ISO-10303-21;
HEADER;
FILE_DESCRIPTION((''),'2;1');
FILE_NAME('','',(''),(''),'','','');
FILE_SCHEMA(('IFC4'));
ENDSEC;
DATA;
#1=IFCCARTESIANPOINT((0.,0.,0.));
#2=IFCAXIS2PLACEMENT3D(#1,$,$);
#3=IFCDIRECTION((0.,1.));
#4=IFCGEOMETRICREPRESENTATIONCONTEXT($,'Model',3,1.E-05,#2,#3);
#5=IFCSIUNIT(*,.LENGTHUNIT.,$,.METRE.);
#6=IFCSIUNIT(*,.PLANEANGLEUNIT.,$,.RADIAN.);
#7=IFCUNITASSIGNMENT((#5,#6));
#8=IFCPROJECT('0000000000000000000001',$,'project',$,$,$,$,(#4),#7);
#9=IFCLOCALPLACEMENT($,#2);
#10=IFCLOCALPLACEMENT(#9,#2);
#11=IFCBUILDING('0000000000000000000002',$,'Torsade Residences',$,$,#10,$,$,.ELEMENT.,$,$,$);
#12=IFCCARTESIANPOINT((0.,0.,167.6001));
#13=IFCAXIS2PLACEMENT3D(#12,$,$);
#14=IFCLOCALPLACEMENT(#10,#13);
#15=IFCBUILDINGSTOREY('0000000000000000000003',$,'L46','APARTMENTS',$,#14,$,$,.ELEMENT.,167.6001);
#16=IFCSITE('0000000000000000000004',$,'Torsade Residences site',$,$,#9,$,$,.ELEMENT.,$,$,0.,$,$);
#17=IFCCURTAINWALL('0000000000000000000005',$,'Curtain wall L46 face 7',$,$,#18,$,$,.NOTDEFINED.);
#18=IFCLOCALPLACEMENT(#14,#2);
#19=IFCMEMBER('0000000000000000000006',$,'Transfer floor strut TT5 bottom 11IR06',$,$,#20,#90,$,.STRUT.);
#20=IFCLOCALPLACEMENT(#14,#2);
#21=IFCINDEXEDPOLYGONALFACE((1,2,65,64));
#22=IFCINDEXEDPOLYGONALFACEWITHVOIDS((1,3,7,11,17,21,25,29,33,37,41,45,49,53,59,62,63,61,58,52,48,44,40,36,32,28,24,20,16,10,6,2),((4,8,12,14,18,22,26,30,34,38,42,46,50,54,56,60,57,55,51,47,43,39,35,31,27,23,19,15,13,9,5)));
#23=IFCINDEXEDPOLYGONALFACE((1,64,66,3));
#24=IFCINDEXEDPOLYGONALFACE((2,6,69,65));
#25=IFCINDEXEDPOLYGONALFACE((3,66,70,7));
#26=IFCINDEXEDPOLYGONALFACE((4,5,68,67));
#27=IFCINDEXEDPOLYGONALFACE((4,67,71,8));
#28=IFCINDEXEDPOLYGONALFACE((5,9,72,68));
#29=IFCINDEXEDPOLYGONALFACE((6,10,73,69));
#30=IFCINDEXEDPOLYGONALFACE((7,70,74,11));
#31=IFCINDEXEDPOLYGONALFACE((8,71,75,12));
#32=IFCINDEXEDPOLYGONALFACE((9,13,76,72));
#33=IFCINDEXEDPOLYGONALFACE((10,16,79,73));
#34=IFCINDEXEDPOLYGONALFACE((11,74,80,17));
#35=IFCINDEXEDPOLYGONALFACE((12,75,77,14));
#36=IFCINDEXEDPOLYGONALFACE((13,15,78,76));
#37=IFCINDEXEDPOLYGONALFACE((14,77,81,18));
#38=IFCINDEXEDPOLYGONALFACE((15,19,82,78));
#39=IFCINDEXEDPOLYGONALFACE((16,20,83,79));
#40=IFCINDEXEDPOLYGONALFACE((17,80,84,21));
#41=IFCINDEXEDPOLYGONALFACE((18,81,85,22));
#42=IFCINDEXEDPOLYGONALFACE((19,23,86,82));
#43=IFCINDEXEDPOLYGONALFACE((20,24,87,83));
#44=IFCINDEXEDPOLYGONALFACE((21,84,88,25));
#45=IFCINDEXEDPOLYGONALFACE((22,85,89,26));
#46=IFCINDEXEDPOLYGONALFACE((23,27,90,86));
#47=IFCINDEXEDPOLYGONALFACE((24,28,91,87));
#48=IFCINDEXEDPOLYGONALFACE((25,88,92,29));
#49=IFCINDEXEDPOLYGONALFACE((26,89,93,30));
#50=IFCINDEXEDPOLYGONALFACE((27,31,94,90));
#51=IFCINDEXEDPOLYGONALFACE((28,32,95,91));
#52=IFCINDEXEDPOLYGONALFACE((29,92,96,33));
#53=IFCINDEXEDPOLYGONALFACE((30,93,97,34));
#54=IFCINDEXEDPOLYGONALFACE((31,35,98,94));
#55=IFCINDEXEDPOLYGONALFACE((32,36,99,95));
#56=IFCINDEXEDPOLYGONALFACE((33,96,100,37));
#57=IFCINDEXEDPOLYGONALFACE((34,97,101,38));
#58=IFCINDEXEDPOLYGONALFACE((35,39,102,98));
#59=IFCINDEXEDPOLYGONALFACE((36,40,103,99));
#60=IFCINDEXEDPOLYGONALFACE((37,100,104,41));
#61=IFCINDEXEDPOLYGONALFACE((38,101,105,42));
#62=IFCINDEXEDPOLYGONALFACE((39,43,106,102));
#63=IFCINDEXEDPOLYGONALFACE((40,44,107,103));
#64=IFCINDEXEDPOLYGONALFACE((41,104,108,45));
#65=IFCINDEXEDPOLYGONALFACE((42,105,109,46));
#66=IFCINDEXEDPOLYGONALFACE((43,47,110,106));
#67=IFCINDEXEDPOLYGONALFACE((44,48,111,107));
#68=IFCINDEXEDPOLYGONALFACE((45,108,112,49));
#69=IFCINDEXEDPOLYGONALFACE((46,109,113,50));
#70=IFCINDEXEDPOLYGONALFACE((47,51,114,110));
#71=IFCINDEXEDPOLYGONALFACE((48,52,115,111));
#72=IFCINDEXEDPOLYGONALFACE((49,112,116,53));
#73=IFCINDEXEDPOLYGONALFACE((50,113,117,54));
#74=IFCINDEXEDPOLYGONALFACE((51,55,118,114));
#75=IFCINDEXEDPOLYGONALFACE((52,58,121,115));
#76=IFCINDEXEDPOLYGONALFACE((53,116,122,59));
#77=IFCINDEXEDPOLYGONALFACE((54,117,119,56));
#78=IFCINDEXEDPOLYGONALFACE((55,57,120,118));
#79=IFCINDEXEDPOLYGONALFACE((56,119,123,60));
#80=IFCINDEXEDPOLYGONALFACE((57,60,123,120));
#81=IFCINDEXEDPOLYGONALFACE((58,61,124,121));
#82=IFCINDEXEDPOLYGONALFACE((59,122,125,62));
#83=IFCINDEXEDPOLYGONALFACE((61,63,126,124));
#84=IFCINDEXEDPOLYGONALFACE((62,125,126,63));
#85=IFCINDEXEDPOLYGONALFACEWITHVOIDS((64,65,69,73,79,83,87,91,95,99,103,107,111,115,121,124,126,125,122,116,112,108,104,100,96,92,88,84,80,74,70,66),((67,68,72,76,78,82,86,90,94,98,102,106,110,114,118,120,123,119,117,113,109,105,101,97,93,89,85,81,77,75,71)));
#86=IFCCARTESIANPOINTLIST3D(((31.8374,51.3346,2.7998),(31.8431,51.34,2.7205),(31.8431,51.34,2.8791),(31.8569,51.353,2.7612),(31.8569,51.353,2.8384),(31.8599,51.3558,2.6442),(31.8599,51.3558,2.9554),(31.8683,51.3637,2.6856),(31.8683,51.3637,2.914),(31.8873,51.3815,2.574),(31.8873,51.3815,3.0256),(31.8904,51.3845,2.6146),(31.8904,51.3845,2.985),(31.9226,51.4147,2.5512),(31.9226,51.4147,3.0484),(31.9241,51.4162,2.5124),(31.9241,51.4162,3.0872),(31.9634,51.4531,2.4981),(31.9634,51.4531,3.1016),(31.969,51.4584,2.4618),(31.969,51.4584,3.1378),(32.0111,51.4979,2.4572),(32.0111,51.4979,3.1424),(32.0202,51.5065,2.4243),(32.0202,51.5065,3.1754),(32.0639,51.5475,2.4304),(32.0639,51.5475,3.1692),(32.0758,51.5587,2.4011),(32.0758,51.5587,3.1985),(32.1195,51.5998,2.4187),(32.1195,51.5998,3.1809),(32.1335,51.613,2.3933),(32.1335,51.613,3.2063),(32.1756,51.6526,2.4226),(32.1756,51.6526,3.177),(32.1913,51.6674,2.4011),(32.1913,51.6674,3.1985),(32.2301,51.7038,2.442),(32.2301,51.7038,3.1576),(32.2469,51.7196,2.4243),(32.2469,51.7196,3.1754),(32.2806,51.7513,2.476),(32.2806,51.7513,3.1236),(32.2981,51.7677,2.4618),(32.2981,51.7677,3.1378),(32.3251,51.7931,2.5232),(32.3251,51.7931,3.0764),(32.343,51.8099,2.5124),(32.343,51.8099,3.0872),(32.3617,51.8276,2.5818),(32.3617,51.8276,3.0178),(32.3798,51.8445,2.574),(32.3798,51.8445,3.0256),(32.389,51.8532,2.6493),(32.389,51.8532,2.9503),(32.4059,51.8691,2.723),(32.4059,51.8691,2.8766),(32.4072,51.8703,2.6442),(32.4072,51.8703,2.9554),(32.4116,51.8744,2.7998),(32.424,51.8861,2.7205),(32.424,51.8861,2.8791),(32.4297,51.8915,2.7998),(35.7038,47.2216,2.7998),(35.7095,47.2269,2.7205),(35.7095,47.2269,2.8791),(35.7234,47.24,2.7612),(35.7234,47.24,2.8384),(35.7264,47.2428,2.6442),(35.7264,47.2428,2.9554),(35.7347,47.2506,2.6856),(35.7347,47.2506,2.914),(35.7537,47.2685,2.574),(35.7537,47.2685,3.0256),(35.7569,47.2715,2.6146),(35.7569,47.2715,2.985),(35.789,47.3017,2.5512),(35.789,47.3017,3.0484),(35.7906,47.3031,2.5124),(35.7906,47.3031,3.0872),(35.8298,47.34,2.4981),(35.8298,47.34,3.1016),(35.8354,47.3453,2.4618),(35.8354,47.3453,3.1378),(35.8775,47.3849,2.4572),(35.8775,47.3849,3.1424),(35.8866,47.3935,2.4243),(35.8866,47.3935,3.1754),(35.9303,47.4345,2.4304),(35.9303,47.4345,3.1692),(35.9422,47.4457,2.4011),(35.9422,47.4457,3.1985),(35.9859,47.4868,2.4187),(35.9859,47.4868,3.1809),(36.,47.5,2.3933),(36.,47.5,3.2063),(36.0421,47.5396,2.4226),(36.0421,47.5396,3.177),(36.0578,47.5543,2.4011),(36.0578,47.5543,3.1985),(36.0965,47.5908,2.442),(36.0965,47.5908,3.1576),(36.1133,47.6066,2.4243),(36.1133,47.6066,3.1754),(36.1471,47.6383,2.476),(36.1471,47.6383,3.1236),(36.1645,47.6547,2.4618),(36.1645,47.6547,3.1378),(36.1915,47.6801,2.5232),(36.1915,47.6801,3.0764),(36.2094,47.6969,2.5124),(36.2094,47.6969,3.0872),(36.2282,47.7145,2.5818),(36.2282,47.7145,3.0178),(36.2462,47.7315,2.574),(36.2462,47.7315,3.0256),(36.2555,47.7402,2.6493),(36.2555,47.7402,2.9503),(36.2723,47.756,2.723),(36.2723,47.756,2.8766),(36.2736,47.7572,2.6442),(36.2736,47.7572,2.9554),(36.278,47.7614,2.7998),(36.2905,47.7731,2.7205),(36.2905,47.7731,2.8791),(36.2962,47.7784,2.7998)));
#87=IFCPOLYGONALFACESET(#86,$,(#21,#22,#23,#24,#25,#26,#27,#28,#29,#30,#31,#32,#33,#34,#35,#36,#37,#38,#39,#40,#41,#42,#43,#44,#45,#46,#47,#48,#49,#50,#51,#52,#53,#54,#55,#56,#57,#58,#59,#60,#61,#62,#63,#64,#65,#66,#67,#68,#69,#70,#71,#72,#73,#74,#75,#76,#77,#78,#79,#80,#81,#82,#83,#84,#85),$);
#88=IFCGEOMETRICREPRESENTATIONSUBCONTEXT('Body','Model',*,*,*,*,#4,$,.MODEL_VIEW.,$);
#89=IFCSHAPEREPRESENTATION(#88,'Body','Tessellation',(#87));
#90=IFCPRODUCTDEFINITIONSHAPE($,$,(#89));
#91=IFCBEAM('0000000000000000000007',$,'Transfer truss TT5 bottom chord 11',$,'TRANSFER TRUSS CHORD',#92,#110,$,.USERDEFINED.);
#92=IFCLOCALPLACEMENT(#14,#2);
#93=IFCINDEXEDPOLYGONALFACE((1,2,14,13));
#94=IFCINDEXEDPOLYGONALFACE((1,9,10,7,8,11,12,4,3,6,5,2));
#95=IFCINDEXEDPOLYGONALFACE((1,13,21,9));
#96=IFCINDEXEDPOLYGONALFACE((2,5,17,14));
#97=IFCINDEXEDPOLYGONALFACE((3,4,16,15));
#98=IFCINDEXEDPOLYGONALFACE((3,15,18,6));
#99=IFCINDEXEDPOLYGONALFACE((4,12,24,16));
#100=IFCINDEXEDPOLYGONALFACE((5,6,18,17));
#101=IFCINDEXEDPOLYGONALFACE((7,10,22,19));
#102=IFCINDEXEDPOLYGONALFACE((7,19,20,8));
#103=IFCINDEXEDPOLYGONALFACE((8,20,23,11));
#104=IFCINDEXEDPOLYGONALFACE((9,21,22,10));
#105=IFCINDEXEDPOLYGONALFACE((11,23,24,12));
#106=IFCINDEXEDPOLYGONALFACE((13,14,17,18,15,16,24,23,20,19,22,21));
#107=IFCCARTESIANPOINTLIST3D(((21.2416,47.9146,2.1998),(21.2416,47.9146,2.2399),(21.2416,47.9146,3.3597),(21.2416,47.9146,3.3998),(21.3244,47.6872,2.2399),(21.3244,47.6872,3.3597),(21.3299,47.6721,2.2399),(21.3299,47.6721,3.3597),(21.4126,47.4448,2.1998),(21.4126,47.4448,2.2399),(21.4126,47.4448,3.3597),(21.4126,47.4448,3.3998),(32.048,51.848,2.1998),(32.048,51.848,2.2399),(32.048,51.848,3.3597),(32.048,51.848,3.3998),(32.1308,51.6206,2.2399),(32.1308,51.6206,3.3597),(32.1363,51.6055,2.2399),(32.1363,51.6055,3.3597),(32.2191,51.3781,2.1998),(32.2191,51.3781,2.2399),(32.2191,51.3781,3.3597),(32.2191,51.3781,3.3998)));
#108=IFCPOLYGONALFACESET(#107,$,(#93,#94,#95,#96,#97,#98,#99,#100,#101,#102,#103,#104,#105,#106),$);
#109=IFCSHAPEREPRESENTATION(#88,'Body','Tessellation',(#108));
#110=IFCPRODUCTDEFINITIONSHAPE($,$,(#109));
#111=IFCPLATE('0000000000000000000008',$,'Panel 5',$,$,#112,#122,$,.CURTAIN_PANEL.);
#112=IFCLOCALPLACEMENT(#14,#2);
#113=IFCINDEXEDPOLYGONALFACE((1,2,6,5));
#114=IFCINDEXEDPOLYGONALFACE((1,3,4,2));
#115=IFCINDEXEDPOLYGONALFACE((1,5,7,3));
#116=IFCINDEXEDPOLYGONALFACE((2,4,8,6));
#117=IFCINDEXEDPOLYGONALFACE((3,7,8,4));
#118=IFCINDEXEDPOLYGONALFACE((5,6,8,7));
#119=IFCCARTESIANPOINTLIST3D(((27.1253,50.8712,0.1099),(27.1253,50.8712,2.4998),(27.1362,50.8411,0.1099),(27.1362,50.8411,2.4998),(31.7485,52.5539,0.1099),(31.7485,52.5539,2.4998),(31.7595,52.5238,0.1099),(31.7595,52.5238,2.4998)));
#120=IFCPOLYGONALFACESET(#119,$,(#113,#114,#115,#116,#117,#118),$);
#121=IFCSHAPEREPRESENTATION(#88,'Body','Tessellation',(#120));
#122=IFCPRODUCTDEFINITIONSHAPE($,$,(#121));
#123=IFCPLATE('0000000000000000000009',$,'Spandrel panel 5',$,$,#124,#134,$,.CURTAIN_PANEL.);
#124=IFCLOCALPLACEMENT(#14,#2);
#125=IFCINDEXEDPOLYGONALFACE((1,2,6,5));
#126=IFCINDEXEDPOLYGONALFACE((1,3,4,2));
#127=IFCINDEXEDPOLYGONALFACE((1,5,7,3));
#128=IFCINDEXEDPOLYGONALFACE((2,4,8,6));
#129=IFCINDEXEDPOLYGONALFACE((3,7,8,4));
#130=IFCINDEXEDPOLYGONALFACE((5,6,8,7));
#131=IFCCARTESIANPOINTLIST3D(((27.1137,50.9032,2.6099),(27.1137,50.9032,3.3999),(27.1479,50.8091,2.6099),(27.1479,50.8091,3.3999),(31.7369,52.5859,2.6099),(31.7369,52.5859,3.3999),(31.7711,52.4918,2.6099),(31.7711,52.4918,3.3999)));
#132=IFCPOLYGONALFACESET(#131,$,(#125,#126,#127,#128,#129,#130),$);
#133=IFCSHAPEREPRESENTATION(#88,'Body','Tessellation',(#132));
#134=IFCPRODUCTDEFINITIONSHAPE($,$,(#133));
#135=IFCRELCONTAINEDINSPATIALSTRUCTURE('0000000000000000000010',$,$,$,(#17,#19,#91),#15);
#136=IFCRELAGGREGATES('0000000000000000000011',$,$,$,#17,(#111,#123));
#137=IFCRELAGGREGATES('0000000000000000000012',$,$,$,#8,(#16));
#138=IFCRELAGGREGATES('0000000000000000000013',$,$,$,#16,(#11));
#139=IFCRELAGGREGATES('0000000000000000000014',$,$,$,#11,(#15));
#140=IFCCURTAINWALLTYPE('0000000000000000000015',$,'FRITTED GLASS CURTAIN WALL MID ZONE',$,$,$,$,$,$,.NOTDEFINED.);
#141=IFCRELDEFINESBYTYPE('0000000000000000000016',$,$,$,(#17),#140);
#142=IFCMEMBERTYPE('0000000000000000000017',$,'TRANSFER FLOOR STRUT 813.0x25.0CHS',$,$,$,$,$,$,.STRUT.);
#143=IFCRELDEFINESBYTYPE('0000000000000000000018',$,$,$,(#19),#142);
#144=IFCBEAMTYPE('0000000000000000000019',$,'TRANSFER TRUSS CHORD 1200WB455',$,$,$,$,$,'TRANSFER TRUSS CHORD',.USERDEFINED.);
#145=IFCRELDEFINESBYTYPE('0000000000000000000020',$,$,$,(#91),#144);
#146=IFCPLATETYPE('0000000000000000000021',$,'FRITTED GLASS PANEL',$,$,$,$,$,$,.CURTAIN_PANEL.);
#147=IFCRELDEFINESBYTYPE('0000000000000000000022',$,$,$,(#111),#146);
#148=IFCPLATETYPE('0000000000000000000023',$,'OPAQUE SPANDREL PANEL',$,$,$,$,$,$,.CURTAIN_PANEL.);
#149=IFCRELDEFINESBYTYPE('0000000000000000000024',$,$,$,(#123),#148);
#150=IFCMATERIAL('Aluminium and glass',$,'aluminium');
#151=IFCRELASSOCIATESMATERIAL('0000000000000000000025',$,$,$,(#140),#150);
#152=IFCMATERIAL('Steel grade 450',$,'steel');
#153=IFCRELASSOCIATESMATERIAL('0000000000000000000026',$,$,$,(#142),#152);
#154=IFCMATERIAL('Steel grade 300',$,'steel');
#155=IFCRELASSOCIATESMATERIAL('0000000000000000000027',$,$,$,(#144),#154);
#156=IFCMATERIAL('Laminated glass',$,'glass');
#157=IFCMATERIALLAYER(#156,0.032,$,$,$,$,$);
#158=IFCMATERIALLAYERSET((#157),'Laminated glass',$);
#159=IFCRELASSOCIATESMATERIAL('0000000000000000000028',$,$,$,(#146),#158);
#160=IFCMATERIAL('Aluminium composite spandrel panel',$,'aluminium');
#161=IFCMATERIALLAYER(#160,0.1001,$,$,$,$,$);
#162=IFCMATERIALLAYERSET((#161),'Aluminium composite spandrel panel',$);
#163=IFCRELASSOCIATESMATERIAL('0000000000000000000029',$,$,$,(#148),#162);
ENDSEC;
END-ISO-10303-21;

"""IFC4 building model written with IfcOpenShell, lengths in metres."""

from ifc_helpers import new_model, si_unit, direction, frame, origin, origin_2d, place, context, subcontext, project, spatial, rectangle, hollow_circle, i_section, extrude, material, layer, layer_set, material_profile, profile_set, type_object, element, aggregate, save


model = new_model("IFC4")

# Units and contexts
model_context = context("Model", 3, precision=1e-05, world=origin(), true_north=direction((0.0, 1.0)))
body_context = subcontext(model_context, "Body", "Model", "MODEL_VIEW")
ifc_project = project(units=[si_unit("LENGTHUNIT", "METRE"), si_unit("PLANEANGLEUNIT", "RADIAN")], contexts=[model_context])

# Site, building, storey
site_placement = place(None, origin())
site = spatial("IfcSite", under=ifc_project, at=site_placement, Name="Torsade Residences site", CompositionType="ELEMENT", RefElevation=0.0)
building_placement = place(site_placement, origin())
building = spatial("IfcBuilding", under=site, at=building_placement, Name="Torsade Residences", CompositionType="ELEMENT")
storey_placement = place(building_placement, frame((0.0, 0.0, 167.6001)))
storey = spatial("IfcBuildingStorey", under=building, at=storey_placement, Name="L46", Description="APARTMENTS", CompositionType="ELEMENT", Elevation=167.6001)

# Curtain wall
ifc_material_1 = material(Name="Aluminium and glass", Category="aluminium")
curtain_wall_type = type_object("IfcCurtainWallType", Name="FRITTED GLASS CURTAIN WALL MID ZONE", PredefinedType="NOTDEFINED", material=ifc_material_1)
curtain_wall_placement = place(storey_placement, origin())
curtain_wall = element("IfcCurtainWall", 1, at=curtain_wall_placement, inside=storey, type_object=curtain_wall_type, Name="Curtain wall L46 face 7", PredefinedType="NOTDEFINED")

# Member
ifc_material_2 = material(Name="Steel grade 450", Category="steel")
ifc_material_profile_1 = material_profile(ifc_material_2, hollow_circle(Radius=0.4065, WallThickness=0.0249, at=origin_2d()), Name="813.0x25.0CHS")
ifc_profile_set_1 = profile_set([ifc_material_profile_1], Name="Steel grade 450")
member_type_1 = type_object("IfcMemberType", Name="TRANSFER FLOOR STRUT 813.0x25.0CHS", PredefinedType="STRUT", material=ifc_profile_set_1)
member_1_placement = place(storey_placement, frame((32.1335, 51.613, 2.7998), z_axis=(0.684929, -0.72861, 0.0), x_axis=(0.72861, 0.684929, 0.0)))
element("IfcMember", 2, at=member_1_placement, inside=storey, type_object=member_type_1, Name="Transfer floor strut TT5 bottom 11IR06", PredefinedType="STRUT", context=body_context, shape_type="SweptSolid", body=[
    extrude(hollow_circle(Radius=0.4065, WallThickness=0.0249, at=origin_2d()), origin(), (0.0, 0.0, 1.0), 5.645),
])

# Beam
ifc_material_3 = material(Name="Steel grade 300", Category="steel")
ifc_material_profile_2 = material_profile(ifc_material_3, i_section(OverallWidth=0.5, OverallDepth=1.2, WebThickness=0.0161, FlangeThickness=0.04, at=origin_2d()), Name="1200WB455")
ifc_profile_set_2 = profile_set([ifc_material_profile_2], Name="Steel grade 300")
beam_type_1 = type_object("IfcBeamType", Name="TRANSFER TRUSS CHORD 1200WB455", ElementType="TRANSFER TRUSS CHORD", PredefinedType="USERDEFINED", material=ifc_profile_set_2)
beam_1_placement = place(storey_placement, frame((32.1335, 51.613, 2.7998), z_axis=(-0.939689, -0.342031, 0.0), x_axis=(0.342031, -0.939689, 0.0)))
element("IfcBeam", 3, at=beam_1_placement, inside=storey, type_object=beam_type_1, Name="Transfer truss TT5 bottom chord 11", ObjectType="TRANSFER TRUSS CHORD", PredefinedType="USERDEFINED", context=body_context, shape_type="SweptSolid", body=[
    extrude(i_section(OverallWidth=0.5, OverallDepth=1.2, WebThickness=0.0161, FlangeThickness=0.04, at=origin_2d()), origin(), (0.0, 0.0, 1.0), 11.5),
])

# Plates
ifc_material_4 = material(Name="Laminated glass", Category="glass")
ifc_layer_1 = layer(ifc_material_4, 0.032)
ifc_layer_set_1 = layer_set([ifc_layer_1], Name="Laminated glass")
plate_type_1 = type_object("IfcPlateType", Name="FRITTED GLASS PANEL", PredefinedType="CURTAIN_PANEL", material=ifc_layer_set_1)
plate_1_placement = place(storey_placement, frame((29.4424, 51.6975, 0.1099), z_axis=(0.0, 0.0, 1.0), x_axis=(-0.939693, -0.34202, 0.0)))
plate_1 = element("IfcPlate", 4, at=plate_1_placement, type_object=plate_type_1, Name="Panel 5", PredefinedType="CURTAIN_PANEL", context=body_context, shape_type="SweptSolid", body=[
    extrude(rectangle(XDim=4.9199, YDim=0.032, at=origin_2d()), origin(), (0.0, 0.0, 1.0), 2.3899),
])
ifc_material_5 = material(Name="Aluminium composite spandrel panel", Category="aluminium")
ifc_layer_2 = layer(ifc_material_5, 0.1001)
ifc_layer_set_2 = layer_set([ifc_layer_2], Name="Aluminium composite spandrel panel")
plate_type_2 = type_object("IfcPlateType", Name="OPAQUE SPANDREL PANEL", PredefinedType="CURTAIN_PANEL", material=ifc_layer_set_2)
plate_2_placement = place(storey_placement, frame((29.4424, 51.6975, 2.6099), z_axis=(0.0, 0.0, 1.0), x_axis=(-0.939693, -0.34202, 0.0)))
plate_2 = element("IfcPlate", 5, at=plate_2_placement, type_object=plate_type_2, Name="Spandrel panel 5", PredefinedType="CURTAIN_PANEL", context=body_context, shape_type="SweptSolid", body=[
    extrude(rectangle(XDim=4.9199, YDim=0.1001, at=origin_2d()), origin(), (0.0, 0.0, 1.0), 0.79),
])
aggregate(curtain_wall, [plate_1, plate_2])

save(model, "model.ifc")
